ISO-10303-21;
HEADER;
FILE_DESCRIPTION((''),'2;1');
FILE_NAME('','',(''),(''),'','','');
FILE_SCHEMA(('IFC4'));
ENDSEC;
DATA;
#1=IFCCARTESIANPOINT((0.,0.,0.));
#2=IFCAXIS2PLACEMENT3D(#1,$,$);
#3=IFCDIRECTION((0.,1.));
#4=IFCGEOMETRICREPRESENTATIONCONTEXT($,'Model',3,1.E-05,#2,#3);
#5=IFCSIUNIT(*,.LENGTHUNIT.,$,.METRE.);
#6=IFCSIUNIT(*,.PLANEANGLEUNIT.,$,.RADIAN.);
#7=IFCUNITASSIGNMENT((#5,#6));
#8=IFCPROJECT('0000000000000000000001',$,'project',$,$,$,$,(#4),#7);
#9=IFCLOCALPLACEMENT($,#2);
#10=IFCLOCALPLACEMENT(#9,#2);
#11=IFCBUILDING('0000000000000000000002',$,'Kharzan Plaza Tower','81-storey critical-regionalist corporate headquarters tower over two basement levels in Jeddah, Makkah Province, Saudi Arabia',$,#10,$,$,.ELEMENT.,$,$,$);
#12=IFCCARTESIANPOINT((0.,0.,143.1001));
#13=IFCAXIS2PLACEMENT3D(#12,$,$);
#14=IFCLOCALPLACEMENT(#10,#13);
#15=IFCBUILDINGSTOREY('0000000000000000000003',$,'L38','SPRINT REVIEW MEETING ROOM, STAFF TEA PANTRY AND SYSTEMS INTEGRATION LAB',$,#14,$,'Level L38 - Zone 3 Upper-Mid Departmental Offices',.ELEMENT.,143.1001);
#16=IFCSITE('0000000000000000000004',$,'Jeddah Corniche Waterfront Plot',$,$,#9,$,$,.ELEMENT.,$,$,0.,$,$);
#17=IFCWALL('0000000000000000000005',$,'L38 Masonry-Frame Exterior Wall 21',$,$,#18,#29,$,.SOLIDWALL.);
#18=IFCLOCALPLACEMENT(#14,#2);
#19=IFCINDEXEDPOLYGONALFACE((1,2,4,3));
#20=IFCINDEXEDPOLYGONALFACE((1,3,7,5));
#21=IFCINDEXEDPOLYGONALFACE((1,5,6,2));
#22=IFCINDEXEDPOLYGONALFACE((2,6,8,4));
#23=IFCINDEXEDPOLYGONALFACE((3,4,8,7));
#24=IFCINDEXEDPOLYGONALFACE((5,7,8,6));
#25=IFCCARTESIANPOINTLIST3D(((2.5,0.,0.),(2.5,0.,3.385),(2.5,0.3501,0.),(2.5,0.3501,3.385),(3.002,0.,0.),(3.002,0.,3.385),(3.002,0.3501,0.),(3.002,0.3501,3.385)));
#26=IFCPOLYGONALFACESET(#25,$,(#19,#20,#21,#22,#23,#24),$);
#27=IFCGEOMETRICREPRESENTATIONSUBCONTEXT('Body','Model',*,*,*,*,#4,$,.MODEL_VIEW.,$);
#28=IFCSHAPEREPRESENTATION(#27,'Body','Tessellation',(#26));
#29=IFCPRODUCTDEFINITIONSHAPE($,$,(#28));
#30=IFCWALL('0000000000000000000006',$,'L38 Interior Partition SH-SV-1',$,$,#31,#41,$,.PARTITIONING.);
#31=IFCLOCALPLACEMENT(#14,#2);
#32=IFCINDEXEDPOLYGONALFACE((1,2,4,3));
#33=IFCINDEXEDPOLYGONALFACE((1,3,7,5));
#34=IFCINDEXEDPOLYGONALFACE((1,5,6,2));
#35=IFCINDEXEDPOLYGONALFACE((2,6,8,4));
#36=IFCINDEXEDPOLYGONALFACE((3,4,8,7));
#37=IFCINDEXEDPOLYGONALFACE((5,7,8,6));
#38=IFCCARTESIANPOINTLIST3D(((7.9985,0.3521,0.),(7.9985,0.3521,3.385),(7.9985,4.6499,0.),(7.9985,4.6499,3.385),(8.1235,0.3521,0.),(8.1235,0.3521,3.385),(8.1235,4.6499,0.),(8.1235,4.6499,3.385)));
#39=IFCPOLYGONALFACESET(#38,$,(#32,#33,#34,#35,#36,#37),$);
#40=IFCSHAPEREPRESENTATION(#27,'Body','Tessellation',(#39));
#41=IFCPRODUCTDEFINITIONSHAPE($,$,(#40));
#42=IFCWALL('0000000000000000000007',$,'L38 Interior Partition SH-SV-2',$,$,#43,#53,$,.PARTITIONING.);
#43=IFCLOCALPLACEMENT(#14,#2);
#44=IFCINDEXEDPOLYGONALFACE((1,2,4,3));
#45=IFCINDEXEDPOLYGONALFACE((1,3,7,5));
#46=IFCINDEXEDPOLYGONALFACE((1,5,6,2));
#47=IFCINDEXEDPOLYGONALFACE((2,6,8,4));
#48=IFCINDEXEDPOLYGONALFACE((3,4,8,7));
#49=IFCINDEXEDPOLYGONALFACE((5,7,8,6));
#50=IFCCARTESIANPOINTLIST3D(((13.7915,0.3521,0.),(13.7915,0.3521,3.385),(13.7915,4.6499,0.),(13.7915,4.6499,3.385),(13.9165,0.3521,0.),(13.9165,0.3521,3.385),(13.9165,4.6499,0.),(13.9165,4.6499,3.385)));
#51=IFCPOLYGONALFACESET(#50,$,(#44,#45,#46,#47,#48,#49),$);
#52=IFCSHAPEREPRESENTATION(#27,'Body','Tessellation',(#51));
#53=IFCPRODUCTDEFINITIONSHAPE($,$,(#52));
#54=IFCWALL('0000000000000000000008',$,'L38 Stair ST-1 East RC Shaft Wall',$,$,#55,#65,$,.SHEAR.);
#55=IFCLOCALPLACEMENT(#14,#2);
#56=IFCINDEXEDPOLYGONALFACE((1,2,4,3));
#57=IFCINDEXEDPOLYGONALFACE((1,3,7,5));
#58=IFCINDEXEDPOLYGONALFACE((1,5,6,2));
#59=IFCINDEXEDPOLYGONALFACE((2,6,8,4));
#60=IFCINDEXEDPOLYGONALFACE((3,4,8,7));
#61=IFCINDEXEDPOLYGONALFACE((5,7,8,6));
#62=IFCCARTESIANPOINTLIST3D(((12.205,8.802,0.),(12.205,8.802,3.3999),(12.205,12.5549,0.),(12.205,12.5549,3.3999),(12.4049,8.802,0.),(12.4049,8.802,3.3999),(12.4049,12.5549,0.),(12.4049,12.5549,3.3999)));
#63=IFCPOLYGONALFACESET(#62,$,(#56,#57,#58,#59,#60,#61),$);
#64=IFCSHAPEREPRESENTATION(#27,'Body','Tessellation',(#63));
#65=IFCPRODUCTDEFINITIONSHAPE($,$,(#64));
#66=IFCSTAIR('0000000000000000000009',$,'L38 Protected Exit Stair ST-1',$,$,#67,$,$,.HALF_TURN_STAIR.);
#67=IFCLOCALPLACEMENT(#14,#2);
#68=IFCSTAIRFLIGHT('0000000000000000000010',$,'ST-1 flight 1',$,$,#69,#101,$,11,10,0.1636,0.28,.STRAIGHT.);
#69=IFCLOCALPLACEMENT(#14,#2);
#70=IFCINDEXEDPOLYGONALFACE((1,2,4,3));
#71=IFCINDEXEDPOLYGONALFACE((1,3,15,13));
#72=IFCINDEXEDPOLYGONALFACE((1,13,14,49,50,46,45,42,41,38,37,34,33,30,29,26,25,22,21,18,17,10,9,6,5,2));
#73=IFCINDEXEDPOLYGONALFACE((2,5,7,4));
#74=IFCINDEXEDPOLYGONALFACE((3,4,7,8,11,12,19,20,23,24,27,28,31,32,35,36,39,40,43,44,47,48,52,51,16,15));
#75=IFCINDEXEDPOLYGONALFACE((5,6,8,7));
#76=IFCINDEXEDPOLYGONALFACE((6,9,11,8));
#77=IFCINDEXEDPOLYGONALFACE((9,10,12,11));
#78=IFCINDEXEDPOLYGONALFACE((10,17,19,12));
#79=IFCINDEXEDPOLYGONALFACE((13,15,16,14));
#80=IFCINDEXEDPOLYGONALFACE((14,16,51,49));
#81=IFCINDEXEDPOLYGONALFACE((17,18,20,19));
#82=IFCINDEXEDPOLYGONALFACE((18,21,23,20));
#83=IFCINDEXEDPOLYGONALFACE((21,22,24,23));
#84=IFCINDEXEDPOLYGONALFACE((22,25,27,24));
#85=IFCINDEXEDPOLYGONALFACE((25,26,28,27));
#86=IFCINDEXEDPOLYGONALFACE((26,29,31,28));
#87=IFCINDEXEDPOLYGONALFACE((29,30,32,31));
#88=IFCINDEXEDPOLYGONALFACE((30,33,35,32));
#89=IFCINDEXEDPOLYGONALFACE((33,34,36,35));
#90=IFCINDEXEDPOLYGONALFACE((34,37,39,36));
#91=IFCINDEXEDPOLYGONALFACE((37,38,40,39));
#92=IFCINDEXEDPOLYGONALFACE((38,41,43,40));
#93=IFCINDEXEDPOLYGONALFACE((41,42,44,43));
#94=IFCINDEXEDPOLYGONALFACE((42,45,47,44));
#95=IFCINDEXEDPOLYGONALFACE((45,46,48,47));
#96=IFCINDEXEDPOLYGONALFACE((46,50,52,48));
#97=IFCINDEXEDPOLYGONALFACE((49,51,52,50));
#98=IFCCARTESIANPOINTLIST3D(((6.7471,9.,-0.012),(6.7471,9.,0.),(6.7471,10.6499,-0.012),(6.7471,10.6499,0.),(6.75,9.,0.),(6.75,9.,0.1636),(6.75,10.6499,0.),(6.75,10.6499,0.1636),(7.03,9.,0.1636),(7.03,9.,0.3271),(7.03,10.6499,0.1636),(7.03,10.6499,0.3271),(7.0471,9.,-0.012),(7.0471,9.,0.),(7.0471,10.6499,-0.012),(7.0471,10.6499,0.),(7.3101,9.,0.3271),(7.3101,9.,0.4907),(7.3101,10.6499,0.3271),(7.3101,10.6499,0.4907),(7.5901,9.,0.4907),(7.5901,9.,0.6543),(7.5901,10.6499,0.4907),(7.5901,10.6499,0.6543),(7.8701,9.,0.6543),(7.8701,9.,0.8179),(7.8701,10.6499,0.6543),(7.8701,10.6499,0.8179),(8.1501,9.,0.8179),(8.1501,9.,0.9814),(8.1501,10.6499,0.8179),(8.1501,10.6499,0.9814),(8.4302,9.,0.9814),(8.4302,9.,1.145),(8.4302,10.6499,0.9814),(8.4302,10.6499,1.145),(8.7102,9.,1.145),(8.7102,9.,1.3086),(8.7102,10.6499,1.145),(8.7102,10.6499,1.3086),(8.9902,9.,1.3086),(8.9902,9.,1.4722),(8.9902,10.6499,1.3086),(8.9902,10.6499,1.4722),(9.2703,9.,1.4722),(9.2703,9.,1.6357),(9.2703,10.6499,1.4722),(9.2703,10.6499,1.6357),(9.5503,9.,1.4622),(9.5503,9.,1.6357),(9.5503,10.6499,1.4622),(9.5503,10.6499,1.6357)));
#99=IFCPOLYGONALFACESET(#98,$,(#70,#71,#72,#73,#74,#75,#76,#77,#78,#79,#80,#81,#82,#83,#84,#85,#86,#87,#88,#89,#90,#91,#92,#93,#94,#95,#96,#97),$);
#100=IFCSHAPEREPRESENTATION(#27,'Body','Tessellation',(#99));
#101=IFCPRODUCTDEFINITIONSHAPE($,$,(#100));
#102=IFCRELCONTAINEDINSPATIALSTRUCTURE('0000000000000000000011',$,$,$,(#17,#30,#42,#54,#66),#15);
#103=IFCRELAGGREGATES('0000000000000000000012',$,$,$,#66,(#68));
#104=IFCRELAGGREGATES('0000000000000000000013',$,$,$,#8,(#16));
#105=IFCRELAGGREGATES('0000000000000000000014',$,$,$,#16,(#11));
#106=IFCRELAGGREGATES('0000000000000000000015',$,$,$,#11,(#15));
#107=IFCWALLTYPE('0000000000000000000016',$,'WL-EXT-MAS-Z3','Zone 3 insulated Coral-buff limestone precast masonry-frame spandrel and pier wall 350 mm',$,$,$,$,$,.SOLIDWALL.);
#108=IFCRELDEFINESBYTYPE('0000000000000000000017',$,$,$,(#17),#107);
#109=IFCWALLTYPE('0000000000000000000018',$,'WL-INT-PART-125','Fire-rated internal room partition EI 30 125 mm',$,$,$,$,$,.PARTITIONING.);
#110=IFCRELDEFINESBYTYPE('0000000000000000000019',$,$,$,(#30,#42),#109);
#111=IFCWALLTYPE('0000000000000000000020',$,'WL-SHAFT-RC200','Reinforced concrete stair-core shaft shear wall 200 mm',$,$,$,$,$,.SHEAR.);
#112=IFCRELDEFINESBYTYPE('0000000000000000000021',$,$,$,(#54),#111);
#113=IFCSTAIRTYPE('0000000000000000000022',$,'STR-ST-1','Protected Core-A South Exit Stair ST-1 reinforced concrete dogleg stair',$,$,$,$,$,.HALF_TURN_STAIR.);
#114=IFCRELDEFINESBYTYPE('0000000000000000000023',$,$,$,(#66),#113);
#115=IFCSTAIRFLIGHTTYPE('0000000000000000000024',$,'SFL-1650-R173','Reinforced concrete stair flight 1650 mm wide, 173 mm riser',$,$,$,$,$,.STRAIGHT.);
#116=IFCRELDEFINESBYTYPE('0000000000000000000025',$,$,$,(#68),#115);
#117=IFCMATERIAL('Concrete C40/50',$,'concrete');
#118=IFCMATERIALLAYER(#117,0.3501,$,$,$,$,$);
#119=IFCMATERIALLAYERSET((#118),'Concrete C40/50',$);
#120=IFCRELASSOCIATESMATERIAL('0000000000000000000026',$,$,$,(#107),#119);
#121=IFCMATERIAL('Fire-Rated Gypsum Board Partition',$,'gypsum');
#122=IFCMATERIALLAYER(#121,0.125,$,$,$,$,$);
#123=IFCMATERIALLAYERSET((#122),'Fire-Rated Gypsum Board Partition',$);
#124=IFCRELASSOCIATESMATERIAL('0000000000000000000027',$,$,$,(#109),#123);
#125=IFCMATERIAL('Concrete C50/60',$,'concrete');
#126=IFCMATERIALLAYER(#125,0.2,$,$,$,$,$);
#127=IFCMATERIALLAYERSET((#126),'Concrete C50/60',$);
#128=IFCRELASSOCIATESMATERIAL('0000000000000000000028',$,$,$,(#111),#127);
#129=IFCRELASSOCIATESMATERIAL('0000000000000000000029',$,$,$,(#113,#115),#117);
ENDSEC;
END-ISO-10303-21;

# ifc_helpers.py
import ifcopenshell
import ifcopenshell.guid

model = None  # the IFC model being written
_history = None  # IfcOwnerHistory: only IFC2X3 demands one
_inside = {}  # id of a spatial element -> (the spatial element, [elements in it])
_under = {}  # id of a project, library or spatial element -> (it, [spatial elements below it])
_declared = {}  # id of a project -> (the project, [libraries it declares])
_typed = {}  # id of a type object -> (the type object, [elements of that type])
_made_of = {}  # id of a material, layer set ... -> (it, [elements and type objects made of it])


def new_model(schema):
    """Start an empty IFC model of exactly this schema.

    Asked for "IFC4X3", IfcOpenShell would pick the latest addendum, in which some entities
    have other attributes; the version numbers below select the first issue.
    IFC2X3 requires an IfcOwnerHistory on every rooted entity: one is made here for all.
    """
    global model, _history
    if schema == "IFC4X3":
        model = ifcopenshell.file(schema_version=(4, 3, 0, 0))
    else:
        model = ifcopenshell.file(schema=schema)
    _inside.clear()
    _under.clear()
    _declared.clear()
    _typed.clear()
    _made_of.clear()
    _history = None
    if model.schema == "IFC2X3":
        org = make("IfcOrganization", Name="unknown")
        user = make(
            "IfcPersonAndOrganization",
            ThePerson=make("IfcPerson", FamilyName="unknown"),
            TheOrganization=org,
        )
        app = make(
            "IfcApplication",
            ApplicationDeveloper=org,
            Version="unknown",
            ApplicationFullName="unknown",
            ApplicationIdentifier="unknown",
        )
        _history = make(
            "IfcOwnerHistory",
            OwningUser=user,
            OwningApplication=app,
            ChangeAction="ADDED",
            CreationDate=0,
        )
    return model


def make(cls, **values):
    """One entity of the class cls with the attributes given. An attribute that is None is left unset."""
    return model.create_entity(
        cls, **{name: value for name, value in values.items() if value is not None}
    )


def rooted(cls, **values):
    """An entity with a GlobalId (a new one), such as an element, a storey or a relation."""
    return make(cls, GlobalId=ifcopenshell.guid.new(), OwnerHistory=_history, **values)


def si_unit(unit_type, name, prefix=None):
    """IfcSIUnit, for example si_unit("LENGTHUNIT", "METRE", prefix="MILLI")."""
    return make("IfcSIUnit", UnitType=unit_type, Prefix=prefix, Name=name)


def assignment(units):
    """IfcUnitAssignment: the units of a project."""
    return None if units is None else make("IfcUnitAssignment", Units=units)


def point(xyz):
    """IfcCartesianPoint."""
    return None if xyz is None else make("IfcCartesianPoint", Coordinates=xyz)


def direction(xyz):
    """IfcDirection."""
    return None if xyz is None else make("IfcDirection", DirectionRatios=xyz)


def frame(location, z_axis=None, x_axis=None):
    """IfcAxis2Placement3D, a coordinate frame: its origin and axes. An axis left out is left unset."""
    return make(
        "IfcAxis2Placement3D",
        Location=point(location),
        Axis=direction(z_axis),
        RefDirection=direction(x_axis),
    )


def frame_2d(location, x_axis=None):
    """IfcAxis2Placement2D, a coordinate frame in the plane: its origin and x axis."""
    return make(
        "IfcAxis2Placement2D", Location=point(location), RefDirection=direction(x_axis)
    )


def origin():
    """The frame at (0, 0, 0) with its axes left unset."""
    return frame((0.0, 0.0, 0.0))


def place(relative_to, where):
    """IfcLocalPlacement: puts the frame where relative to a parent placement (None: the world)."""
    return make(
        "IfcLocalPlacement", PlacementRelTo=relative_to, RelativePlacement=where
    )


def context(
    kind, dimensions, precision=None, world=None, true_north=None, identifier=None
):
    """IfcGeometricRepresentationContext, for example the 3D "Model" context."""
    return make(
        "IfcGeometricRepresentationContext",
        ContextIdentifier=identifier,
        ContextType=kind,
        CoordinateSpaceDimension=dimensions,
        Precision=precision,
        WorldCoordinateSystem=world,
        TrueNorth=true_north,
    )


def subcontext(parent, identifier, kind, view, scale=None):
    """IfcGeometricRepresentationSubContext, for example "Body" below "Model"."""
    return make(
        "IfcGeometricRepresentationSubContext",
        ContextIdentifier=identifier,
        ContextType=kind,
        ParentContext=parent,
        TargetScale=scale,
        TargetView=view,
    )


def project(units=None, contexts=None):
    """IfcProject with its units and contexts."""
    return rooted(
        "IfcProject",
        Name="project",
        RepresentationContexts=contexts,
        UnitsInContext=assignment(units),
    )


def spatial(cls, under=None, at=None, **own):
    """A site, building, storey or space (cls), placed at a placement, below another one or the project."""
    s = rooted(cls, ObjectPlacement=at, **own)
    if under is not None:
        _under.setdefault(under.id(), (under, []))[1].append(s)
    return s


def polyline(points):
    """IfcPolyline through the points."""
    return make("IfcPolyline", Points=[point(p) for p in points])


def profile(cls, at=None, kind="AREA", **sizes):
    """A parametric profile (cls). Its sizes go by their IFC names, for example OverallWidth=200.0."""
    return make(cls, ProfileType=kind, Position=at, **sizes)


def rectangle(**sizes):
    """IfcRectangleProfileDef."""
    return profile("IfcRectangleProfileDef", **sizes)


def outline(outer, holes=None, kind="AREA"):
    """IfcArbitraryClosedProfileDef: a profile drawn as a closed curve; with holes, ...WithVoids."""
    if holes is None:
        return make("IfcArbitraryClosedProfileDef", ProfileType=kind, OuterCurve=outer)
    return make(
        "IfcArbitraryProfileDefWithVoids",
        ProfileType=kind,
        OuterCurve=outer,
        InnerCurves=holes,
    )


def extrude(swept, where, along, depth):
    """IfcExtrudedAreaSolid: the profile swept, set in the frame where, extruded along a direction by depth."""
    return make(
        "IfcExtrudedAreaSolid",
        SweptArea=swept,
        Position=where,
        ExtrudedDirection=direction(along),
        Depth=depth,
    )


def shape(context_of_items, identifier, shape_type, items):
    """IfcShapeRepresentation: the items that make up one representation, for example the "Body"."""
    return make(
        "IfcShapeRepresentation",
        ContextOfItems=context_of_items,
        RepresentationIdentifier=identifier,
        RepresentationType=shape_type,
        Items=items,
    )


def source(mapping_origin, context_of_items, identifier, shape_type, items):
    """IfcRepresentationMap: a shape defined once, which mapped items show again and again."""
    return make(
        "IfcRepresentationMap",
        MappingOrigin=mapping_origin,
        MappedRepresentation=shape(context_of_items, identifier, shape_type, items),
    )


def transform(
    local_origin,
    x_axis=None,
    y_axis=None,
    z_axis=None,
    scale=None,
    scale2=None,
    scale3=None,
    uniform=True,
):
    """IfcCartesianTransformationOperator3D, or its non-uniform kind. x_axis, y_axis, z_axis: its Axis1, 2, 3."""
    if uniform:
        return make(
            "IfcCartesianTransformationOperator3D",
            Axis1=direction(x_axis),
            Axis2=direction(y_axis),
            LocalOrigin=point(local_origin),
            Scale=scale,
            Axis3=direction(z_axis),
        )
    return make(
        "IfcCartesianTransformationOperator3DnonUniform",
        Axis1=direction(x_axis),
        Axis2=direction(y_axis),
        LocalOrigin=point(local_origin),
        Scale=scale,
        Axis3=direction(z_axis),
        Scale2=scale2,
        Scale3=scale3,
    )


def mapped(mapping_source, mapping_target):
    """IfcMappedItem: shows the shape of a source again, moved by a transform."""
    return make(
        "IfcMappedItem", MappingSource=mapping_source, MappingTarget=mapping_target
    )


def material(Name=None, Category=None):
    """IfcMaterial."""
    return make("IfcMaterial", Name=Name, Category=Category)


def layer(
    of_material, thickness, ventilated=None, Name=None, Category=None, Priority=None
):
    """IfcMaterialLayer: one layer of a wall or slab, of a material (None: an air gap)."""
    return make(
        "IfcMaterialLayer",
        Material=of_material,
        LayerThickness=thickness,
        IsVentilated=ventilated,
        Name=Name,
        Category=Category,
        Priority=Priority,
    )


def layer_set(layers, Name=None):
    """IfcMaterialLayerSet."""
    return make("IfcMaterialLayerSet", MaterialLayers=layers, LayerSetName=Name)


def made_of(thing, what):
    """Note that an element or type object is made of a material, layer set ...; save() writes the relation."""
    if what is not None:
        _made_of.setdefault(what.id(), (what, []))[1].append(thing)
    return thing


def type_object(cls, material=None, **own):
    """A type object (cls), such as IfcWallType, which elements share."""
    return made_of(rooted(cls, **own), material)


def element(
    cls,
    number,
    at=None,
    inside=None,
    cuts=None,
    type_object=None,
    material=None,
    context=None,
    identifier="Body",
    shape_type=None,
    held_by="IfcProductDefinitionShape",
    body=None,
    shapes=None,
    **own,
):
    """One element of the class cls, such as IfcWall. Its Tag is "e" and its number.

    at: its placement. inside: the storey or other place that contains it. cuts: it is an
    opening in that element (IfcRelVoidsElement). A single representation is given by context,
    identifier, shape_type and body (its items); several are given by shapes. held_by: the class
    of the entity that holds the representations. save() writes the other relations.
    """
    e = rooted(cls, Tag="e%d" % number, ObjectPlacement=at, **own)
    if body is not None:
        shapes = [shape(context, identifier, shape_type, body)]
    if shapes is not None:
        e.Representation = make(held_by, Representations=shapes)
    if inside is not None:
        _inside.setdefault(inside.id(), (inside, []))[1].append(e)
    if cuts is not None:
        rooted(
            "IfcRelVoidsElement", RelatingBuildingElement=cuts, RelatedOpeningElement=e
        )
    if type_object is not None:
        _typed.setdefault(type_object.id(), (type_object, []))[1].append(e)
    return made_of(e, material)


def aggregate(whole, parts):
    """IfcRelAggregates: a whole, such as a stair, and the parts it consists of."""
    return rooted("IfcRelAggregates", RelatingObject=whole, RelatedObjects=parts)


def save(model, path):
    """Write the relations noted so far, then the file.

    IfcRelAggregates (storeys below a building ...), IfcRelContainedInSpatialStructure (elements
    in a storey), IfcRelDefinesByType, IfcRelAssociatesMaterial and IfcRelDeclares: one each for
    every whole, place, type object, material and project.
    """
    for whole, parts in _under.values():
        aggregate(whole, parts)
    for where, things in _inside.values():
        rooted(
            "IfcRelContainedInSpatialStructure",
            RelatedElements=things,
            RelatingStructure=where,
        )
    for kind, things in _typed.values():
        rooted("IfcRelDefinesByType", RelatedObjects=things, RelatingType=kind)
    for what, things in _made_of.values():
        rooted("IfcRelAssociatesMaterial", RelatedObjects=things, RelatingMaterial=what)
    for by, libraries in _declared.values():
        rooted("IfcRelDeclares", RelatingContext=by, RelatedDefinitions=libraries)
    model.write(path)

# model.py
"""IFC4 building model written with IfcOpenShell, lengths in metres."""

from ifc_helpers import new_model, si_unit, direction, frame, frame_2d, origin, place, context, subcontext, project, spatial, polyline, rectangle, outline, extrude, source, transform, mapped, material, layer, layer_set, type_object, element, aggregate, save


model = new_model("IFC4")

# Units and contexts
model_context = context("Model", 3, precision=1e-05, world=origin(), true_north=direction((0.0, 1.0)))
body_context = subcontext(model_context, "Body", "Model", "MODEL_VIEW")
ifc_project = project(units=[si_unit("LENGTHUNIT", "METRE"), si_unit("PLANEANGLEUNIT", "RADIAN")], contexts=[model_context])

# Site, building, storey
site_placement = place(None, origin())
site = spatial("IfcSite", under=ifc_project, at=site_placement, Name="Jeddah Corniche Waterfront Plot", CompositionType="ELEMENT", RefElevation=0.0)
building_placement = place(site_placement, origin())
building = spatial("IfcBuilding", under=site, at=building_placement, Name="Kharzan Plaza Tower", Description="81-storey critical-regionalist corporate headquarters tower over two basement levels in Jeddah, Makkah Province, Saudi Arabia", CompositionType="ELEMENT")
storey_placement = place(building_placement, frame((0.0, 0.0, 143.1001)))
storey = spatial("IfcBuildingStorey", under=building, at=storey_placement, Name="L38", Description="SPRINT REVIEW MEETING ROOM, STAFF TEA PANTRY AND SYSTEMS INTEGRATION LAB", LongName="Level L38 - Zone 3 Upper-Mid Departmental Offices", CompositionType="ELEMENT", Elevation=143.1001)

# Shared definitions
ifc_material_1 = material(Name="Concrete C50/60", Category="concrete")

# Shared definitions
ifc_material_2 = material(Name="Concrete C40/50", Category="concrete")
ifc_layer_1 = layer(ifc_material_2, 0.3501)
ifc_layer_set_1 = layer_set([ifc_layer_1], Name="Concrete C40/50")
wall_type_1 = type_object("IfcWallType", Name="WL-EXT-MAS-Z3", Description="Zone 3 insulated Coral-buff limestone precast masonry-frame spandrel and pier wall 350 mm", PredefinedType="SOLIDWALL", material=ifc_layer_set_1)

# Shared definitions
ifc_material_3 = material(Name="Fire-Rated Gypsum Board Partition", Category="gypsum")
ifc_layer_2 = layer(ifc_material_3, 0.125)
ifc_layer_set_2 = layer_set([ifc_layer_2], Name="Fire-Rated Gypsum Board Partition")
wall_type_2 = type_object("IfcWallType", Name="WL-INT-PART-125", Description="Fire-rated internal room partition EI 30 125 mm", PredefinedType="PARTITIONING", material=ifc_layer_set_2)

# Walls
shared_shape_1 = source(origin(), body_context, "Body", "SweptSolid", [
    extrude(rectangle(XDim=0.502, YDim=0.3501, at=frame_2d((0.251, 0.0))), origin(), (0.0, 0.0, 1.0), 3.385),
])
wall_1_placement = place(storey_placement, frame((2.5, 0.175, 0.0), z_axis=(0.0, 0.0, 1.0), x_axis=(1.0, 0.0, 0.0)))
element("IfcWall", 1, at=wall_1_placement, inside=storey, type_object=wall_type_1, Name="L38 Masonry-Frame Exterior Wall 21", PredefinedType="SOLIDWALL", context=body_context, shape_type="MappedRepresentation", body=[
    mapped(shared_shape_1, transform((0.0, 0.0, 0.0), x_axis=(1.0, 0.0, 0.0), y_axis=(0.0, 1.0, 0.0), z_axis=(0.0, 0.0, 1.0))),
])
shared_shape_2 = source(origin(), body_context, "Body", "SweptSolid", [
    extrude(rectangle(XDim=4.2979, YDim=0.125, at=frame_2d((2.1489, 0.0))), origin(), (0.0, 0.0, 1.0), 3.385),
])
for number, where, z_axis, x_axis, name in (
    (2, (8.061, 0.3521, 0.0), (0.0, 0.0, 1.0), (0.0, 1.0, 0.0), "L38 Interior Partition SH-SV-1"),
    (3, (13.854, 0.3521, 0.0), (0.0, 0.0, 1.0), (0.0, 1.0, 0.0), "L38 Interior Partition SH-SV-2"),
):
    element("IfcWall", number, at=place(storey_placement, frame(where, z_axis=z_axis, x_axis=x_axis)), inside=storey, type_object=wall_type_2, Name=name, PredefinedType="PARTITIONING", context=body_context, shape_type="MappedRepresentation", body=[
        mapped(shared_shape_2, transform((0.0, 0.0, 0.0), x_axis=(1.0, 0.0, 0.0), y_axis=(0.0, 1.0, 0.0), z_axis=(0.0, 0.0, 1.0))),
    ])
ifc_layer_3 = layer(ifc_material_1, 0.2)
ifc_layer_set_3 = layer_set([ifc_layer_3], Name="Concrete C50/60")
wall_type_3 = type_object("IfcWallType", Name="WL-SHAFT-RC200", Description="Reinforced concrete stair-core shaft shear wall 200 mm", PredefinedType="SHEAR", material=ifc_layer_set_3)
shared_shape_3 = source(origin(), body_context, "Body", "SweptSolid", [
    extrude(rectangle(XDim=3.7529, YDim=0.2, at=frame_2d((1.8765, 0.0))), origin(), (0.0, 0.0, 1.0), 3.3999),
])
wall_2_placement = place(storey_placement, frame((12.3049, 8.802, 0.0), z_axis=(0.0, 0.0, 1.0), x_axis=(0.0, 1.0, 0.0)))
element("IfcWall", 4, at=wall_2_placement, inside=storey, type_object=wall_type_3, Name="L38 Stair ST-1 East RC Shaft Wall", PredefinedType="SHEAR", context=body_context, shape_type="MappedRepresentation", body=[
    mapped(shared_shape_3, transform((0.0, 0.0, 0.0), x_axis=(1.0, 0.0, 0.0), y_axis=(0.0, 1.0, 0.0), z_axis=(0.0, 0.0, 1.0))),
])

# Stair, stair flight
stair_type = type_object("IfcStairType", Name="STR-ST-1", Description="Protected Core-A South Exit Stair ST-1 reinforced concrete dogleg stair", PredefinedType="HALF_TURN_STAIR", material=ifc_material_2)
stair_placement = place(storey_placement, origin())
stair = element("IfcStair", 5, at=stair_placement, inside=storey, type_object=stair_type, Name="L38 Protected Exit Stair ST-1", PredefinedType="HALF_TURN_STAIR")
stair_flight_type = type_object("IfcStairFlightType", Name="SFL-1650-R173", Description="Reinforced concrete stair flight 1650 mm wide, 173 mm riser", PredefinedType="STRAIGHT", material=ifc_material_2)
shared_shape_4 = source(origin(), body_context, "Body", "SweptSolid", [
    extrude(outline(polyline([(-0.0029, -0.012), (-0.0029, 0.0), (0.0, 0.0), (0.0, 0.1636), (0.28, 0.1636), (0.28, 0.3271), (0.5601, 0.3271), (0.5601, 0.4907), (0.8401, 0.4907), (0.8401, 0.6543), (1.1201, 0.6543), (1.1201, 0.8179), (1.4001, 0.8179), (1.4001, 0.9814), (1.6802, 0.9814), (1.6802, 1.145), (1.9602, 1.145), (1.9602, 1.3086), (2.2402, 1.3086), (2.2402, 1.4722), (2.5203, 1.4722), (2.5203, 1.6357), (2.8003, 1.6357), (2.8003, 1.7993), (2.8003, 1.4622), (0.2971, 0.0), (0.2971, -0.012), (-0.0029, -0.012)])), frame((0.0, 0.825, 0.0), z_axis=(0.0, -1.0, 0.0), x_axis=(1.0, 0.0, 0.0)), (0.0, 0.0, 1.0), 1.6499),
])
stair_flight_placement = place(storey_placement, frame((6.75, 9.825, 0.0), z_axis=(0.0, 0.0, 1.0), x_axis=(1.0, 0.0, 0.0)))
stair_flight = element("IfcStairFlight", 6, at=stair_flight_placement, type_object=stair_flight_type, Name="ST-1 flight 1", NumberOfRisers=11, NumberOfTreads=10, PredefinedType="STRAIGHT", RiserHeight=0.1636, TreadLength=0.28, context=body_context, shape_type="MappedRepresentation", body=[
    mapped(shared_shape_4, transform((0.0, 0.0, 0.0), x_axis=(1.0, 0.0, 0.0), y_axis=(0.0, 1.0, 0.0), z_axis=(0.0, 0.0, 1.0))),
])
aggregate(stair, [stair_flight])

save(model, "model.ifc")
